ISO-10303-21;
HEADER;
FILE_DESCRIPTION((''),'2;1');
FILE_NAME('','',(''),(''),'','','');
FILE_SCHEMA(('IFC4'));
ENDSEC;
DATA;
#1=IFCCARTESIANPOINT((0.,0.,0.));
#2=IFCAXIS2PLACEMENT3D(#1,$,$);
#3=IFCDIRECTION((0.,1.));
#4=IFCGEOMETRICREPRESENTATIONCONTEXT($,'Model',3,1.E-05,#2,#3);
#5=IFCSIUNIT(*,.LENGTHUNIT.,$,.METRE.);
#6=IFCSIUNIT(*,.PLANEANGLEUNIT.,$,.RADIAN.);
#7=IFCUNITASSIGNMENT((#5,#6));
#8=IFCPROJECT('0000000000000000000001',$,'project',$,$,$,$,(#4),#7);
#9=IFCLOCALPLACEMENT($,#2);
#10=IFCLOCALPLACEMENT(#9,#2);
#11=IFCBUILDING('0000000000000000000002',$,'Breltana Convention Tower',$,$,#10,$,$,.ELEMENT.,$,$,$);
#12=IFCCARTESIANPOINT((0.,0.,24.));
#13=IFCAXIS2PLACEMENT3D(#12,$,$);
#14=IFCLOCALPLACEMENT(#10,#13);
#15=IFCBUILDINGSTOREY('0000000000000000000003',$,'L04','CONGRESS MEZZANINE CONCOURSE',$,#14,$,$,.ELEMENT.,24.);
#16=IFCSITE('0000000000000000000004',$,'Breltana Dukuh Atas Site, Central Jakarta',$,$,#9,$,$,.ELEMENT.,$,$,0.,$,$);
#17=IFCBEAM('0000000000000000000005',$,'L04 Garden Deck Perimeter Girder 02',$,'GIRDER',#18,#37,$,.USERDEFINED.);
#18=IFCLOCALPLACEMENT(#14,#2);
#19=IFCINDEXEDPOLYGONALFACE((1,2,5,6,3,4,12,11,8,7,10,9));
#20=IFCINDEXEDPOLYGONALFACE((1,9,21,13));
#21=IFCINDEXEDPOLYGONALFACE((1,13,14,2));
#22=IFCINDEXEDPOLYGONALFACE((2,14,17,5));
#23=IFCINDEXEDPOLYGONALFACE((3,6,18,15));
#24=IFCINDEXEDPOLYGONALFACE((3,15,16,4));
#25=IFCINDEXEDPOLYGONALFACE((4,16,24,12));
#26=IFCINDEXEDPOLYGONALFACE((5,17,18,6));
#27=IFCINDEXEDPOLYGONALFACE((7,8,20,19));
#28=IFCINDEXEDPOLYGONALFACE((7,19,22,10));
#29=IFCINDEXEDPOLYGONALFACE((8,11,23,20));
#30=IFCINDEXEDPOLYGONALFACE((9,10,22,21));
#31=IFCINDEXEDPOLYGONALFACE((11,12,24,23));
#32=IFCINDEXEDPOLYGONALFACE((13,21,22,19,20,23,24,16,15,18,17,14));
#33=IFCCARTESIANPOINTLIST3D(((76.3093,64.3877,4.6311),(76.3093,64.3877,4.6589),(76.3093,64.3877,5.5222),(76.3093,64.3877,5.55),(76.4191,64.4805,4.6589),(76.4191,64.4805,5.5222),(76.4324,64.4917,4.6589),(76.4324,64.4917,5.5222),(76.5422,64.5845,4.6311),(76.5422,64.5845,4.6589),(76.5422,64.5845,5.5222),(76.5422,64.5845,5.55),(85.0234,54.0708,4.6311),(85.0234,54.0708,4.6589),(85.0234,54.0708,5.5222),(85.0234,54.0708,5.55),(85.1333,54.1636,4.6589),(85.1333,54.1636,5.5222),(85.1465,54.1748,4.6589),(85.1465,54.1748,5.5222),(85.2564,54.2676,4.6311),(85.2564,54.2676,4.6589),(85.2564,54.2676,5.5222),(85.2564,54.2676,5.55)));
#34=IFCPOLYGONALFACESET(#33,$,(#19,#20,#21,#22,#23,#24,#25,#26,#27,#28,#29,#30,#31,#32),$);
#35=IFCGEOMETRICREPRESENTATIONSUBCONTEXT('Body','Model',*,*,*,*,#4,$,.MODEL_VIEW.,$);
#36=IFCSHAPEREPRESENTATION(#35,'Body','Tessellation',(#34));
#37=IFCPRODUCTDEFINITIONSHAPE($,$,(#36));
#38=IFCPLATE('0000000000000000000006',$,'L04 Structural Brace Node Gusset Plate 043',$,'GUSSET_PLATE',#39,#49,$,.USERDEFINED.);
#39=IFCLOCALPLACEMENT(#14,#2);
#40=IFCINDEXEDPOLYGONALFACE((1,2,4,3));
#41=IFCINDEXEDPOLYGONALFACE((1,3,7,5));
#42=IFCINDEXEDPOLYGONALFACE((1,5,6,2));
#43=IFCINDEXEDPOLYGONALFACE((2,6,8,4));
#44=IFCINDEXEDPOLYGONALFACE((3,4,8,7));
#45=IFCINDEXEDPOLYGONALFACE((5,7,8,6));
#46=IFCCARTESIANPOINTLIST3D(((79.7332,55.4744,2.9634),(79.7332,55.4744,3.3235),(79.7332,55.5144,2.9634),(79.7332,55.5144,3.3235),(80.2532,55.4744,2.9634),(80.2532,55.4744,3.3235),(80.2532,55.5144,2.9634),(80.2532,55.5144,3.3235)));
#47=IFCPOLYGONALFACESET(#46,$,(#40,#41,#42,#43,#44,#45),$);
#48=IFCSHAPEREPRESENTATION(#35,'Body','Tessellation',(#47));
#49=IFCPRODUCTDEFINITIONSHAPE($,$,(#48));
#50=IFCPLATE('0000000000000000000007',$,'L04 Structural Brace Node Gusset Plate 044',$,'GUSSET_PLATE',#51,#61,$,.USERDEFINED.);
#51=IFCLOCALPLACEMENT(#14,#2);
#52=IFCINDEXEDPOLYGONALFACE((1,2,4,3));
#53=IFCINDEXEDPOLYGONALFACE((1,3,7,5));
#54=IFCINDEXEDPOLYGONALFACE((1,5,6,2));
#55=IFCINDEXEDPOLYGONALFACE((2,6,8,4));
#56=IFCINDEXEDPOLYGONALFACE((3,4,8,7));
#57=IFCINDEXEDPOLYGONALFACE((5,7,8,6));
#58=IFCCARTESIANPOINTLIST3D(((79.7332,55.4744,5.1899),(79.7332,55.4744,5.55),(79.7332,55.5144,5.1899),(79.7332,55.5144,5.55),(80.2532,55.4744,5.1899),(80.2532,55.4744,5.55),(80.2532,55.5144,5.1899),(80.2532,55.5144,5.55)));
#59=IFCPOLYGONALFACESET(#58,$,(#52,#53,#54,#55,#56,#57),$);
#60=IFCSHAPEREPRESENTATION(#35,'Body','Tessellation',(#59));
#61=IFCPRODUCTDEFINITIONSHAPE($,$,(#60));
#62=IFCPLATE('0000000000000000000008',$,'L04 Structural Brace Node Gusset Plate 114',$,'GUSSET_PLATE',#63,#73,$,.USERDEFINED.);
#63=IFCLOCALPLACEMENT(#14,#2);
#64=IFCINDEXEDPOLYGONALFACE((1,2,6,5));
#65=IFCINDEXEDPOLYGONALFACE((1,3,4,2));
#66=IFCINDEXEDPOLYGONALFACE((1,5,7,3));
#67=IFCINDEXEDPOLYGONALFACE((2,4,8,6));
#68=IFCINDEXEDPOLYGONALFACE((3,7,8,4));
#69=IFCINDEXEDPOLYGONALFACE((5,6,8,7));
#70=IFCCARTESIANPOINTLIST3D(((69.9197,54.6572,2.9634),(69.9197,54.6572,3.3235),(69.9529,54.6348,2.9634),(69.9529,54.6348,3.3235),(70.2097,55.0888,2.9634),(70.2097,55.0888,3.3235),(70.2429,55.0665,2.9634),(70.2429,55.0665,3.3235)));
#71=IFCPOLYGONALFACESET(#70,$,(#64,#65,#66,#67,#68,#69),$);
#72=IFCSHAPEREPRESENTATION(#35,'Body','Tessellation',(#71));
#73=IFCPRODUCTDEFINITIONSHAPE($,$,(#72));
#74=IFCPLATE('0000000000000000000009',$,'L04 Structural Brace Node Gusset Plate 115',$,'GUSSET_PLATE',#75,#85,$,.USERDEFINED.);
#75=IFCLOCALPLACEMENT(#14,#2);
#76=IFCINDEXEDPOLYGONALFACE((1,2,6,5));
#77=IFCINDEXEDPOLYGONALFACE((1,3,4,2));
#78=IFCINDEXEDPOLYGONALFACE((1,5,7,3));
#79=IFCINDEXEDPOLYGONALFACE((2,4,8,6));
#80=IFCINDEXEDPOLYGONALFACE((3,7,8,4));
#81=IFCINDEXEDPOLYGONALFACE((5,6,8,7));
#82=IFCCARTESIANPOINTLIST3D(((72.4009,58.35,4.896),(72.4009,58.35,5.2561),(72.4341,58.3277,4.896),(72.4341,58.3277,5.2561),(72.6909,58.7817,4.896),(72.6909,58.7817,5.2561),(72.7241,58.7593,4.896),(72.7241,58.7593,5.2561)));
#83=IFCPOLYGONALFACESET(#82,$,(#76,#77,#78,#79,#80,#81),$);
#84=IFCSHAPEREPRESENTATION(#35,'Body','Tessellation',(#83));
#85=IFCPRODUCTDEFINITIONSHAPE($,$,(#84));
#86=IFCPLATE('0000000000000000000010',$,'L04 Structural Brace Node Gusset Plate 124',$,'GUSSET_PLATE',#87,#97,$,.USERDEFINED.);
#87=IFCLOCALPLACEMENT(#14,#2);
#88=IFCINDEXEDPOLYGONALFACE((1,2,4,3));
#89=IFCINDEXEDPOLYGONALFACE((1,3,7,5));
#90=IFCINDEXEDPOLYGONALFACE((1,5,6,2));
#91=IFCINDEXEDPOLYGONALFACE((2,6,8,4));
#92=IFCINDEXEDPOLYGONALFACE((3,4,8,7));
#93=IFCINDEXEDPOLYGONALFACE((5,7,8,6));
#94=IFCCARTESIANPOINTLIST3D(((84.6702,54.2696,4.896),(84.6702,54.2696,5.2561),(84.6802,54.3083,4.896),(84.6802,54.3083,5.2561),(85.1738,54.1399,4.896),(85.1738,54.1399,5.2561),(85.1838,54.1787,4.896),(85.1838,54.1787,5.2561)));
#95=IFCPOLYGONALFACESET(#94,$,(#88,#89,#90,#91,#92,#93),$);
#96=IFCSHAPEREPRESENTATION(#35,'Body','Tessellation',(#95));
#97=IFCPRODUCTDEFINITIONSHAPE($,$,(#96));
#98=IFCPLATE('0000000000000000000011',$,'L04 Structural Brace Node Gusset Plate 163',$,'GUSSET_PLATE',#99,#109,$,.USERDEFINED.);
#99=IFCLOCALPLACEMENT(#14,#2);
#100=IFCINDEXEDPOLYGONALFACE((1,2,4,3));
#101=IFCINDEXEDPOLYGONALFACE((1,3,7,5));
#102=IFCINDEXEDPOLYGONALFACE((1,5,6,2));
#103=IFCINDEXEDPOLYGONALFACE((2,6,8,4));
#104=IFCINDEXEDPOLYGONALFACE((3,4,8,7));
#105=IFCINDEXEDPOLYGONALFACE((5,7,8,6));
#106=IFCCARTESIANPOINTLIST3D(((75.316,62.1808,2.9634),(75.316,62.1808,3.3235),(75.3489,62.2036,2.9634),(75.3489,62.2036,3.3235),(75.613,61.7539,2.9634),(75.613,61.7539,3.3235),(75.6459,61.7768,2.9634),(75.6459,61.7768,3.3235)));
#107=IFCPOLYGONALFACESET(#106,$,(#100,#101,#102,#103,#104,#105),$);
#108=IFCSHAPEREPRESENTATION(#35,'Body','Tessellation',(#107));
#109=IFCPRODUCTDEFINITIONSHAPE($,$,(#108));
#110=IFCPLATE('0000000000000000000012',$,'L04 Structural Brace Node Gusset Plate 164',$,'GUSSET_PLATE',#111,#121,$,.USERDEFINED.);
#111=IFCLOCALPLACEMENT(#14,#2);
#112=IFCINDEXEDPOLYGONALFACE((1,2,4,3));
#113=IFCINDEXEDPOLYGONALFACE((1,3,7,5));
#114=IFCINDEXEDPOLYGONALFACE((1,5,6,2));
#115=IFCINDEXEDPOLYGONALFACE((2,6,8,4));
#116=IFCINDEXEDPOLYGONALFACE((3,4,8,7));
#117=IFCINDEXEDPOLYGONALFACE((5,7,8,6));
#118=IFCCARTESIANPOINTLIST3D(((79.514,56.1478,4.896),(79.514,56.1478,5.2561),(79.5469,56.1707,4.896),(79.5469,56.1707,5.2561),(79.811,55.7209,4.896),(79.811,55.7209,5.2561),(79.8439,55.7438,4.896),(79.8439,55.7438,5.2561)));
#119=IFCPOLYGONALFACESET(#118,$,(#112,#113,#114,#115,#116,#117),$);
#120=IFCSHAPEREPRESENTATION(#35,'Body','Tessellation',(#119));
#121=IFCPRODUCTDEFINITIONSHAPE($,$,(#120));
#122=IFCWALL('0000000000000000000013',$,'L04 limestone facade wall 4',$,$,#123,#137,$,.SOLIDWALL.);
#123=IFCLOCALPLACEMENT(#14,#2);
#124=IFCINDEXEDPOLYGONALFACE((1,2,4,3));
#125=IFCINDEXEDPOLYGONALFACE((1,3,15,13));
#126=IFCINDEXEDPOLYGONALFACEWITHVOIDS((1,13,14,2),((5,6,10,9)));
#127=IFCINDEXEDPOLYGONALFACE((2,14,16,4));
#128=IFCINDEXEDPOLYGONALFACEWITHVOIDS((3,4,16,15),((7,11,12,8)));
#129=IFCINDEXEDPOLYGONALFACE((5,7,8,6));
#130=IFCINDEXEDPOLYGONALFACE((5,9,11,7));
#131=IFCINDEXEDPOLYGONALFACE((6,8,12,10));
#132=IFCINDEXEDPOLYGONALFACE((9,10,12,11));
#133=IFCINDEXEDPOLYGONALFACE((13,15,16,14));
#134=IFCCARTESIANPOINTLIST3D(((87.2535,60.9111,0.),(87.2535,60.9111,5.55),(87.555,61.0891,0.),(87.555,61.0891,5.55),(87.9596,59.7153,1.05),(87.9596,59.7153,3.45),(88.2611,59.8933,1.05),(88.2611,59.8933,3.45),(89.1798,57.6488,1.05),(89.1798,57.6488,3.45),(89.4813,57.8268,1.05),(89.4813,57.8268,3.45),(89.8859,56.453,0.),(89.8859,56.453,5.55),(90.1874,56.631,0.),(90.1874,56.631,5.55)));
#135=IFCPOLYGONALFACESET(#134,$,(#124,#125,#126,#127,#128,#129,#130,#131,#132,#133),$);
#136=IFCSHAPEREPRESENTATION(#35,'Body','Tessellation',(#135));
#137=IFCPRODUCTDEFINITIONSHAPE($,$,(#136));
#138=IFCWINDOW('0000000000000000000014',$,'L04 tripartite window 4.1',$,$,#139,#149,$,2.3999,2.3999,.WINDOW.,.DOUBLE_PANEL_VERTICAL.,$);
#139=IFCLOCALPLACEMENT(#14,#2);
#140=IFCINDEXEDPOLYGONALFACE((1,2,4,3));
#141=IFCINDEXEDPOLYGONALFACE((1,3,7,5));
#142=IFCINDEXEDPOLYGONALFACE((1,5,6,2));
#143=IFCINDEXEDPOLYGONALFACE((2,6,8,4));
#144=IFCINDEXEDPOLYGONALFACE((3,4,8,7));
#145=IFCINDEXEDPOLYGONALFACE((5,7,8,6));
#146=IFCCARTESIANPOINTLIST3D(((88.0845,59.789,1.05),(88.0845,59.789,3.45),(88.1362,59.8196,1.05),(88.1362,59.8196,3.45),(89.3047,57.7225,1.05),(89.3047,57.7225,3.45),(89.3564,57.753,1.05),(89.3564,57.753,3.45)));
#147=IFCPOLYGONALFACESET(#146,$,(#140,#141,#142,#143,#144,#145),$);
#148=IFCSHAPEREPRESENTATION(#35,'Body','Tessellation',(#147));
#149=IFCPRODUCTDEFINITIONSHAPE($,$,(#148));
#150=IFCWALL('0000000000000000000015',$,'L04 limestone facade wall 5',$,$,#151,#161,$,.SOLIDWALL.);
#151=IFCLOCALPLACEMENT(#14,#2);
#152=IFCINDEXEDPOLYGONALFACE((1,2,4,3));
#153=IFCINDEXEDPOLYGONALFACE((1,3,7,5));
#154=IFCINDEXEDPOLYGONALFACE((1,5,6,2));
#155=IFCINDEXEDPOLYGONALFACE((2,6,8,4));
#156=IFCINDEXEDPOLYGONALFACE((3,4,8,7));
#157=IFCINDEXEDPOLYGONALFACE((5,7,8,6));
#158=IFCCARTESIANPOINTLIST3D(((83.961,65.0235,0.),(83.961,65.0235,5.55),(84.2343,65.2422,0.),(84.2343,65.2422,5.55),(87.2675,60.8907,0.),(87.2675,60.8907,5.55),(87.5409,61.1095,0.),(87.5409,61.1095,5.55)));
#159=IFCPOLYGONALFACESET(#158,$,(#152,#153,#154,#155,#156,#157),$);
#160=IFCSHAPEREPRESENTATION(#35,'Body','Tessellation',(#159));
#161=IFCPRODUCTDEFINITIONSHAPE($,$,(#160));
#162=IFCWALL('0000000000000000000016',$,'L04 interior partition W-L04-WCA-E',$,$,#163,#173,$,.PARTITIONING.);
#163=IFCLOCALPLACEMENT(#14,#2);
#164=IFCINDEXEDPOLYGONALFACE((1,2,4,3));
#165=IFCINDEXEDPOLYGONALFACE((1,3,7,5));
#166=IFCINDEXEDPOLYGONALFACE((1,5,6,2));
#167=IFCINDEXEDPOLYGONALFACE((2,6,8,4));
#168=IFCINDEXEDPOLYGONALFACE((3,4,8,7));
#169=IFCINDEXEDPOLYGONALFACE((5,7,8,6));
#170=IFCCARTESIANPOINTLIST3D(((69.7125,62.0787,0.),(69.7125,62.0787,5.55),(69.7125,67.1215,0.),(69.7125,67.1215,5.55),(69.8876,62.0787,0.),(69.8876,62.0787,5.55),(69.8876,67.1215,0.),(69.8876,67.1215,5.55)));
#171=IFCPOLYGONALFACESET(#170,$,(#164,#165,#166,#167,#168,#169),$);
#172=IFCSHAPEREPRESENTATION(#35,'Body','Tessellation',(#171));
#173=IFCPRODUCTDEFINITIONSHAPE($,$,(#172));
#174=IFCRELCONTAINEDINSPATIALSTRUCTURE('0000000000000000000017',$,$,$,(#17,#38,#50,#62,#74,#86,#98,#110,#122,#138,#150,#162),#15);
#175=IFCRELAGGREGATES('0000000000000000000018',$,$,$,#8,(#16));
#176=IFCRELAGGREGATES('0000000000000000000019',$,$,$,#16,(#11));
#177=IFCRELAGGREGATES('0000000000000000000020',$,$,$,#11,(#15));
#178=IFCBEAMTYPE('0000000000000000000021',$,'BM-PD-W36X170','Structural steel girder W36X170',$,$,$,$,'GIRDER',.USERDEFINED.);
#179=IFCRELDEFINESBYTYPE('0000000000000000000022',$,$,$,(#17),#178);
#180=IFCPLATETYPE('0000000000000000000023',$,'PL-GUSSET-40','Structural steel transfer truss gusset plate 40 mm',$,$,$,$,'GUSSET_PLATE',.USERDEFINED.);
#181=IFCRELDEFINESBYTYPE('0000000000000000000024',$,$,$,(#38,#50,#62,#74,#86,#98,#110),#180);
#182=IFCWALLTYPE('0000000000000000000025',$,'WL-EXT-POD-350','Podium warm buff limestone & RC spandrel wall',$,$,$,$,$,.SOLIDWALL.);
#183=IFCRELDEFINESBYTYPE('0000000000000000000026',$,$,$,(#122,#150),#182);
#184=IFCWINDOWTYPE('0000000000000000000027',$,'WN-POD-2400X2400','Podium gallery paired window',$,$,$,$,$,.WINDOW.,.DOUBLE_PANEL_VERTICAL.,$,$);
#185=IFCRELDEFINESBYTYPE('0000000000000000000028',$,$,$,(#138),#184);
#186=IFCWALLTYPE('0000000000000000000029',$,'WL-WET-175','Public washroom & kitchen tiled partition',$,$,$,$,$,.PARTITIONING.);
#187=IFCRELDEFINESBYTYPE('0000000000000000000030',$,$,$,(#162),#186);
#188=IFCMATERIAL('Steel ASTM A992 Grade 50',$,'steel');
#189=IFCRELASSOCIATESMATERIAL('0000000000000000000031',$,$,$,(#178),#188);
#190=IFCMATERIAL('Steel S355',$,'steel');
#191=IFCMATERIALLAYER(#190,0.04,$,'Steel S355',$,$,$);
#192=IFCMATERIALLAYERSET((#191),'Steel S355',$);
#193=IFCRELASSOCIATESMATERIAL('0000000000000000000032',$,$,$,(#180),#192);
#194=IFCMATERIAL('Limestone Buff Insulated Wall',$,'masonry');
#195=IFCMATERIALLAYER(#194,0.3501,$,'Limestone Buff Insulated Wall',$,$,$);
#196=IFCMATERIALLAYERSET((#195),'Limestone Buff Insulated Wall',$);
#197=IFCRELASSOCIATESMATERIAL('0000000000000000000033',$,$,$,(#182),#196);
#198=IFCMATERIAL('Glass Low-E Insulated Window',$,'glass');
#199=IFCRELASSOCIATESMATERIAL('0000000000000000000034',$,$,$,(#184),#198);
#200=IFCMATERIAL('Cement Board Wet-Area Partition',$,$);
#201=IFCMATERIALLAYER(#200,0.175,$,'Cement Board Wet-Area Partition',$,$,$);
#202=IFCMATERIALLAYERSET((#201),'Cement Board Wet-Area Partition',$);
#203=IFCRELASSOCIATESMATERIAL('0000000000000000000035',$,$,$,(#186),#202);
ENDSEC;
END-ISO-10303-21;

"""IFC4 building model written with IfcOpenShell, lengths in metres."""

from ifc_helpers import new_model, si_unit, direction, frame, frame_2d, origin, origin_2d, place, context, subcontext, project, spatial, rectangle, i_section, extrude, source, transform, mapped, material, layer, layer_set, material_profile, profile_set, type_object, type_shapes, element, fill, save


model = new_model("IFC4")

# Units and contexts
model_context = context("Model", 3, precision=1e-05, world=origin(), true_north=direction((0.0, 1.0)))
body_context = subcontext(model_context, "Body", "Model", "MODEL_VIEW")
ifc_project = project(units=[si_unit("LENGTHUNIT", "METRE"), si_unit("PLANEANGLEUNIT", "RADIAN")], contexts=[model_context])

# Site, building, storey
site_placement = place(None, origin())
site = spatial("IfcSite", under=ifc_project, at=site_placement, Name="Breltana Dukuh Atas Site, Central Jakarta", CompositionType="ELEMENT", RefElevation=0.0)
building_placement = place(site_placement, origin())
building = spatial("IfcBuilding", under=site, at=building_placement, Name="Breltana Convention Tower", CompositionType="ELEMENT")
storey_placement = place(building_placement, frame((0.0, 0.0, 24.0)))
storey = spatial("IfcBuildingStorey", under=building, at=storey_placement, Name="L04", Description="CONGRESS MEZZANINE CONCOURSE", CompositionType="ELEMENT", Elevation=24.0)

# Shared definitions
ifc_material_1 = material(Name="Steel ASTM A992 Grade 50", Category="steel")

# Beam
ifc_material_profile_1 = material_profile(ifc_material_1, i_section(OverallWidth=0.3049, OverallDepth=0.9189, WebThickness=0.0173, FlangeThickness=0.0278, at=origin_2d()), Name="W36X170")
ifc_profile_set_1 = profile_set([ifc_material_profile_1], Name="Steel ASTM A992 Grade 50")
beam_type_1 = type_object("IfcBeamType", Name="BM-PD-W36X170", Description="Structural steel girder W36X170", ElementType="GIRDER", PredefinedType="USERDEFINED", material=ifc_profile_set_1)
shared_shape_1 = source(origin(), body_context, "Body", "SweptSolid", [
    extrude(i_section(OverallWidth=0.3049, OverallDepth=0.9189, WebThickness=0.0173, FlangeThickness=0.0278, at=origin_2d()), origin(), (0.0, 0.0, 1.0), 13.5046),
])
beam_1_placement = place(storey_placement, frame((85.1399, 54.1692, 5.0906), z_axis=(-0.64527, 0.763954, 0.0), x_axis=(-0.763954, -0.64527, 0.0)))
element("IfcBeam", 1, at=beam_1_placement, inside=storey, type_object=beam_type_1, Name="L04 Garden Deck Perimeter Girder 02", ObjectType="GIRDER", PredefinedType="USERDEFINED", context=body_context, shape_type="MappedRepresentation", body=[
    mapped(shared_shape_1, transform((0.0, 0.0, 0.0), scale=1.0)),
])

# Plates
ifc_material_2 = material(Name="Steel S355", Category="steel")
ifc_layer_1 = layer(ifc_material_2, 0.04, Name="Steel S355")
ifc_layer_set_1 = layer_set([ifc_layer_1], Name="Steel S355")
plate_type = type_object("IfcPlateType", Name="PL-GUSSET-40", Description="Structural steel transfer truss gusset plate 40 mm", ElementType="GUSSET_PLATE", PredefinedType="USERDEFINED", material=ifc_layer_set_1)
shared_shape_2 = source(origin(), body_context, "Body", "SweptSolid", [
    extrude(rectangle(XDim=0.52, YDim=0.04, at=origin_2d()), origin(), (0.0, 0.0, 1.0), 0.3601),
])
for number, where, z_axis, x_axis, name in (
    (2, (79.9932, 55.4944, 2.9634), (0.0, 0.0, 1.0), (1.0, 0.0, 0.0), "L04 Structural Brace Node Gusset Plate 043"),
    (3, (79.9932, 55.4944, 5.1899), (0.0, 0.0, 1.0), (1.0, 0.0, 0.0), "L04 Structural Brace Node Gusset Plate 044"),
    (4, (70.0813, 54.8618, 2.9634), (0.0, 0.0, 1.0), (0.557745, 0.830012, 0.0), "L04 Structural Brace Node Gusset Plate 114"),
    (5, (72.5625, 58.5547, 4.896), (0.0, 0.0, 1.0), (0.557745, 0.830012, 0.0), "L04 Structural Brace Node Gusset Plate 115"),
    (6, (84.927, 54.2241, 4.896), (0.0, 0.0, 1.0), (0.968409, -0.249366, 0.0), "L04 Structural Brace Node Gusset Plate 124"),
    (7, (75.481, 61.9788, 2.9634), (0.0, 0.0, 1.0), (0.571143, -0.82085, 0.0), "L04 Structural Brace Node Gusset Plate 163"),
    (8, (79.679, 55.9458, 4.896), (0.0, 0.0, 1.0), (0.571143, -0.82085, 0.0), "L04 Structural Brace Node Gusset Plate 164"),
):
    element("IfcPlate", number, at=place(storey_placement, frame(where, z_axis=z_axis, x_axis=x_axis)), inside=storey, type_object=plate_type, Name=name, ObjectType="GUSSET_PLATE", PredefinedType="USERDEFINED", context=body_context, shape_type="MappedRepresentation", body=[
        mapped(shared_shape_2, transform((0.0, 0.0, 0.0), scale=1.0)),
    ])

# Wall, opening, window
ifc_material_3 = material(Name="Limestone Buff Insulated Wall", Category="masonry")
ifc_layer_2 = layer(ifc_material_3, 0.3501, Name="Limestone Buff Insulated Wall")
ifc_layer_set_2 = layer_set([ifc_layer_2], Name="Limestone Buff Insulated Wall")
wall_type_1 = type_object("IfcWallType", Name="WL-EXT-POD-350", Description="Podium warm buff limestone & RC spandrel wall", PredefinedType="SOLIDWALL", material=ifc_layer_set_2)
shared_shape_3 = source(origin(), body_context, "Body", "SweptSolid", [
    extrude(rectangle(XDim=5.1772, YDim=0.3501, at=frame_2d((2.5886, 0.0))), origin(), (0.0, 0.0, 1.0), 5.55),
])
wall_1_placement = place(storey_placement, frame((90.0366, 56.542, 0.0), z_axis=(0.0, 0.0, 1.0), x_axis=(-0.50845, 0.861092, 0.0)))
wall_1 = element("IfcWall", 9, at=wall_1_placement, inside=storey, type_object=wall_type_1, Name="L04 limestone facade wall 4", PredefinedType="SOLIDWALL", context=body_context, shape_type="MappedRepresentation", body=[
    mapped(shared_shape_3, transform((0.0, 0.0, 0.0), scale=1.0)),
])
opening_placement = place(wall_1_placement, frame((1.3887, 0.0, 1.05)))
opening = element("IfcOpeningElement", 10, at=opening_placement, cuts=wall_1, PredefinedType="OPENING", context=body_context, shape_type="SweptSolid", body=[
    extrude(rectangle(XDim=2.3999, YDim=2.3999, at=frame_2d((1.2, 1.2))), frame((0.0, 0.1851, 0.0), z_axis=(0.0, -1.0, 0.0), x_axis=(1.0, 0.0, 0.0)), (0.0, 0.0, 1.0), 0.3701),
])
ifc_material_4 = material(Name="Glass Low-E Insulated Window", Category="glass")
window_type = type_object("IfcWindowType", Name="WN-POD-2400X2400", Description="Podium gallery paired window", PartitioningType="DOUBLE_PANEL_VERTICAL", PredefinedType="WINDOW", material=ifc_material_4)
shared_shape_4 = source(origin(), body_context, "Body", "SweptSolid", [
    extrude(rectangle(XDim=2.3999, YDim=2.3999, at=frame_2d((1.2, 1.2))), frame((0.0, 0.03, 0.0), z_axis=(0.0, -1.0, 0.0), x_axis=(1.0, 0.0, 0.0)), (0.0, 0.0, 1.0), 0.0601),
])
type_shapes(window_type, [shared_shape_4])
window_placement = place(opening_placement, origin())
window = element("IfcWindow", 11, at=window_placement, inside=storey, type_object=window_type, Name="L04 tripartite window 4.1", OverallHeight=2.3999, OverallWidth=2.3999, PartitioningType="DOUBLE_PANEL_VERTICAL", PredefinedType="WINDOW", context=body_context, shape_type="MappedRepresentation", body=[
    mapped(shared_shape_4, transform((0.0, 0.0, 0.0), scale=1.0)),
])
fill(opening, window)

# Walls
shared_shape_5 = source(origin(), body_context, "Body", "SweptSolid", [
    extrude(rectangle(XDim=5.2927, YDim=0.3501, at=frame_2d((2.6465, 0.0))), origin(), (0.0, 0.0, 1.0), 5.55),
])
wall_2_placement = place(storey_placement, frame((87.4043, 61.0, 0.0), z_axis=(0.0, 0.0, 1.0), x_axis=(-0.62474, 0.780833, 0.0)))
element("IfcWall", 12, at=wall_2_placement, inside=storey, type_object=wall_type_1, Name="L04 limestone facade wall 5", PredefinedType="SOLIDWALL", context=body_context, shape_type="MappedRepresentation", body=[
    mapped(shared_shape_5, transform((0.0, 0.0, 0.0), scale=1.0)),
])
ifc_material_5 = material(Name="Cement Board Wet-Area Partition")
ifc_layer_3 = layer(ifc_material_5, 0.175, Name="Cement Board Wet-Area Partition")
ifc_layer_set_3 = layer_set([ifc_layer_3], Name="Cement Board Wet-Area Partition")
wall_type_2 = type_object("IfcWallType", Name="WL-WET-175", Description="Public washroom & kitchen tiled partition", PredefinedType="PARTITIONING", material=ifc_layer_set_3)
shared_shape_6 = source(origin(), body_context, "Body", "SweptSolid", [
    extrude(rectangle(XDim=5.0427, YDim=0.175, at=frame_2d((2.5215, 0.0))), origin(), (0.0, 0.0, 1.0), 5.55),
])
wall_3_placement = place(storey_placement, frame((69.8, 62.0786, 0.0), z_axis=(0.0, 0.0, 1.0), x_axis=(0.0, 1.0, 0.0)))
element("IfcWall", 13, at=wall_3_placement, inside=storey, type_object=wall_type_2, Name="L04 interior partition W-L04-WCA-E", PredefinedType="PARTITIONING", context=body_context, shape_type="MappedRepresentation", body=[
    mapped(shared_shape_6, transform((0.0, 0.0, 0.0), scale=1.0)),
])

save(model, "model.ifc")
